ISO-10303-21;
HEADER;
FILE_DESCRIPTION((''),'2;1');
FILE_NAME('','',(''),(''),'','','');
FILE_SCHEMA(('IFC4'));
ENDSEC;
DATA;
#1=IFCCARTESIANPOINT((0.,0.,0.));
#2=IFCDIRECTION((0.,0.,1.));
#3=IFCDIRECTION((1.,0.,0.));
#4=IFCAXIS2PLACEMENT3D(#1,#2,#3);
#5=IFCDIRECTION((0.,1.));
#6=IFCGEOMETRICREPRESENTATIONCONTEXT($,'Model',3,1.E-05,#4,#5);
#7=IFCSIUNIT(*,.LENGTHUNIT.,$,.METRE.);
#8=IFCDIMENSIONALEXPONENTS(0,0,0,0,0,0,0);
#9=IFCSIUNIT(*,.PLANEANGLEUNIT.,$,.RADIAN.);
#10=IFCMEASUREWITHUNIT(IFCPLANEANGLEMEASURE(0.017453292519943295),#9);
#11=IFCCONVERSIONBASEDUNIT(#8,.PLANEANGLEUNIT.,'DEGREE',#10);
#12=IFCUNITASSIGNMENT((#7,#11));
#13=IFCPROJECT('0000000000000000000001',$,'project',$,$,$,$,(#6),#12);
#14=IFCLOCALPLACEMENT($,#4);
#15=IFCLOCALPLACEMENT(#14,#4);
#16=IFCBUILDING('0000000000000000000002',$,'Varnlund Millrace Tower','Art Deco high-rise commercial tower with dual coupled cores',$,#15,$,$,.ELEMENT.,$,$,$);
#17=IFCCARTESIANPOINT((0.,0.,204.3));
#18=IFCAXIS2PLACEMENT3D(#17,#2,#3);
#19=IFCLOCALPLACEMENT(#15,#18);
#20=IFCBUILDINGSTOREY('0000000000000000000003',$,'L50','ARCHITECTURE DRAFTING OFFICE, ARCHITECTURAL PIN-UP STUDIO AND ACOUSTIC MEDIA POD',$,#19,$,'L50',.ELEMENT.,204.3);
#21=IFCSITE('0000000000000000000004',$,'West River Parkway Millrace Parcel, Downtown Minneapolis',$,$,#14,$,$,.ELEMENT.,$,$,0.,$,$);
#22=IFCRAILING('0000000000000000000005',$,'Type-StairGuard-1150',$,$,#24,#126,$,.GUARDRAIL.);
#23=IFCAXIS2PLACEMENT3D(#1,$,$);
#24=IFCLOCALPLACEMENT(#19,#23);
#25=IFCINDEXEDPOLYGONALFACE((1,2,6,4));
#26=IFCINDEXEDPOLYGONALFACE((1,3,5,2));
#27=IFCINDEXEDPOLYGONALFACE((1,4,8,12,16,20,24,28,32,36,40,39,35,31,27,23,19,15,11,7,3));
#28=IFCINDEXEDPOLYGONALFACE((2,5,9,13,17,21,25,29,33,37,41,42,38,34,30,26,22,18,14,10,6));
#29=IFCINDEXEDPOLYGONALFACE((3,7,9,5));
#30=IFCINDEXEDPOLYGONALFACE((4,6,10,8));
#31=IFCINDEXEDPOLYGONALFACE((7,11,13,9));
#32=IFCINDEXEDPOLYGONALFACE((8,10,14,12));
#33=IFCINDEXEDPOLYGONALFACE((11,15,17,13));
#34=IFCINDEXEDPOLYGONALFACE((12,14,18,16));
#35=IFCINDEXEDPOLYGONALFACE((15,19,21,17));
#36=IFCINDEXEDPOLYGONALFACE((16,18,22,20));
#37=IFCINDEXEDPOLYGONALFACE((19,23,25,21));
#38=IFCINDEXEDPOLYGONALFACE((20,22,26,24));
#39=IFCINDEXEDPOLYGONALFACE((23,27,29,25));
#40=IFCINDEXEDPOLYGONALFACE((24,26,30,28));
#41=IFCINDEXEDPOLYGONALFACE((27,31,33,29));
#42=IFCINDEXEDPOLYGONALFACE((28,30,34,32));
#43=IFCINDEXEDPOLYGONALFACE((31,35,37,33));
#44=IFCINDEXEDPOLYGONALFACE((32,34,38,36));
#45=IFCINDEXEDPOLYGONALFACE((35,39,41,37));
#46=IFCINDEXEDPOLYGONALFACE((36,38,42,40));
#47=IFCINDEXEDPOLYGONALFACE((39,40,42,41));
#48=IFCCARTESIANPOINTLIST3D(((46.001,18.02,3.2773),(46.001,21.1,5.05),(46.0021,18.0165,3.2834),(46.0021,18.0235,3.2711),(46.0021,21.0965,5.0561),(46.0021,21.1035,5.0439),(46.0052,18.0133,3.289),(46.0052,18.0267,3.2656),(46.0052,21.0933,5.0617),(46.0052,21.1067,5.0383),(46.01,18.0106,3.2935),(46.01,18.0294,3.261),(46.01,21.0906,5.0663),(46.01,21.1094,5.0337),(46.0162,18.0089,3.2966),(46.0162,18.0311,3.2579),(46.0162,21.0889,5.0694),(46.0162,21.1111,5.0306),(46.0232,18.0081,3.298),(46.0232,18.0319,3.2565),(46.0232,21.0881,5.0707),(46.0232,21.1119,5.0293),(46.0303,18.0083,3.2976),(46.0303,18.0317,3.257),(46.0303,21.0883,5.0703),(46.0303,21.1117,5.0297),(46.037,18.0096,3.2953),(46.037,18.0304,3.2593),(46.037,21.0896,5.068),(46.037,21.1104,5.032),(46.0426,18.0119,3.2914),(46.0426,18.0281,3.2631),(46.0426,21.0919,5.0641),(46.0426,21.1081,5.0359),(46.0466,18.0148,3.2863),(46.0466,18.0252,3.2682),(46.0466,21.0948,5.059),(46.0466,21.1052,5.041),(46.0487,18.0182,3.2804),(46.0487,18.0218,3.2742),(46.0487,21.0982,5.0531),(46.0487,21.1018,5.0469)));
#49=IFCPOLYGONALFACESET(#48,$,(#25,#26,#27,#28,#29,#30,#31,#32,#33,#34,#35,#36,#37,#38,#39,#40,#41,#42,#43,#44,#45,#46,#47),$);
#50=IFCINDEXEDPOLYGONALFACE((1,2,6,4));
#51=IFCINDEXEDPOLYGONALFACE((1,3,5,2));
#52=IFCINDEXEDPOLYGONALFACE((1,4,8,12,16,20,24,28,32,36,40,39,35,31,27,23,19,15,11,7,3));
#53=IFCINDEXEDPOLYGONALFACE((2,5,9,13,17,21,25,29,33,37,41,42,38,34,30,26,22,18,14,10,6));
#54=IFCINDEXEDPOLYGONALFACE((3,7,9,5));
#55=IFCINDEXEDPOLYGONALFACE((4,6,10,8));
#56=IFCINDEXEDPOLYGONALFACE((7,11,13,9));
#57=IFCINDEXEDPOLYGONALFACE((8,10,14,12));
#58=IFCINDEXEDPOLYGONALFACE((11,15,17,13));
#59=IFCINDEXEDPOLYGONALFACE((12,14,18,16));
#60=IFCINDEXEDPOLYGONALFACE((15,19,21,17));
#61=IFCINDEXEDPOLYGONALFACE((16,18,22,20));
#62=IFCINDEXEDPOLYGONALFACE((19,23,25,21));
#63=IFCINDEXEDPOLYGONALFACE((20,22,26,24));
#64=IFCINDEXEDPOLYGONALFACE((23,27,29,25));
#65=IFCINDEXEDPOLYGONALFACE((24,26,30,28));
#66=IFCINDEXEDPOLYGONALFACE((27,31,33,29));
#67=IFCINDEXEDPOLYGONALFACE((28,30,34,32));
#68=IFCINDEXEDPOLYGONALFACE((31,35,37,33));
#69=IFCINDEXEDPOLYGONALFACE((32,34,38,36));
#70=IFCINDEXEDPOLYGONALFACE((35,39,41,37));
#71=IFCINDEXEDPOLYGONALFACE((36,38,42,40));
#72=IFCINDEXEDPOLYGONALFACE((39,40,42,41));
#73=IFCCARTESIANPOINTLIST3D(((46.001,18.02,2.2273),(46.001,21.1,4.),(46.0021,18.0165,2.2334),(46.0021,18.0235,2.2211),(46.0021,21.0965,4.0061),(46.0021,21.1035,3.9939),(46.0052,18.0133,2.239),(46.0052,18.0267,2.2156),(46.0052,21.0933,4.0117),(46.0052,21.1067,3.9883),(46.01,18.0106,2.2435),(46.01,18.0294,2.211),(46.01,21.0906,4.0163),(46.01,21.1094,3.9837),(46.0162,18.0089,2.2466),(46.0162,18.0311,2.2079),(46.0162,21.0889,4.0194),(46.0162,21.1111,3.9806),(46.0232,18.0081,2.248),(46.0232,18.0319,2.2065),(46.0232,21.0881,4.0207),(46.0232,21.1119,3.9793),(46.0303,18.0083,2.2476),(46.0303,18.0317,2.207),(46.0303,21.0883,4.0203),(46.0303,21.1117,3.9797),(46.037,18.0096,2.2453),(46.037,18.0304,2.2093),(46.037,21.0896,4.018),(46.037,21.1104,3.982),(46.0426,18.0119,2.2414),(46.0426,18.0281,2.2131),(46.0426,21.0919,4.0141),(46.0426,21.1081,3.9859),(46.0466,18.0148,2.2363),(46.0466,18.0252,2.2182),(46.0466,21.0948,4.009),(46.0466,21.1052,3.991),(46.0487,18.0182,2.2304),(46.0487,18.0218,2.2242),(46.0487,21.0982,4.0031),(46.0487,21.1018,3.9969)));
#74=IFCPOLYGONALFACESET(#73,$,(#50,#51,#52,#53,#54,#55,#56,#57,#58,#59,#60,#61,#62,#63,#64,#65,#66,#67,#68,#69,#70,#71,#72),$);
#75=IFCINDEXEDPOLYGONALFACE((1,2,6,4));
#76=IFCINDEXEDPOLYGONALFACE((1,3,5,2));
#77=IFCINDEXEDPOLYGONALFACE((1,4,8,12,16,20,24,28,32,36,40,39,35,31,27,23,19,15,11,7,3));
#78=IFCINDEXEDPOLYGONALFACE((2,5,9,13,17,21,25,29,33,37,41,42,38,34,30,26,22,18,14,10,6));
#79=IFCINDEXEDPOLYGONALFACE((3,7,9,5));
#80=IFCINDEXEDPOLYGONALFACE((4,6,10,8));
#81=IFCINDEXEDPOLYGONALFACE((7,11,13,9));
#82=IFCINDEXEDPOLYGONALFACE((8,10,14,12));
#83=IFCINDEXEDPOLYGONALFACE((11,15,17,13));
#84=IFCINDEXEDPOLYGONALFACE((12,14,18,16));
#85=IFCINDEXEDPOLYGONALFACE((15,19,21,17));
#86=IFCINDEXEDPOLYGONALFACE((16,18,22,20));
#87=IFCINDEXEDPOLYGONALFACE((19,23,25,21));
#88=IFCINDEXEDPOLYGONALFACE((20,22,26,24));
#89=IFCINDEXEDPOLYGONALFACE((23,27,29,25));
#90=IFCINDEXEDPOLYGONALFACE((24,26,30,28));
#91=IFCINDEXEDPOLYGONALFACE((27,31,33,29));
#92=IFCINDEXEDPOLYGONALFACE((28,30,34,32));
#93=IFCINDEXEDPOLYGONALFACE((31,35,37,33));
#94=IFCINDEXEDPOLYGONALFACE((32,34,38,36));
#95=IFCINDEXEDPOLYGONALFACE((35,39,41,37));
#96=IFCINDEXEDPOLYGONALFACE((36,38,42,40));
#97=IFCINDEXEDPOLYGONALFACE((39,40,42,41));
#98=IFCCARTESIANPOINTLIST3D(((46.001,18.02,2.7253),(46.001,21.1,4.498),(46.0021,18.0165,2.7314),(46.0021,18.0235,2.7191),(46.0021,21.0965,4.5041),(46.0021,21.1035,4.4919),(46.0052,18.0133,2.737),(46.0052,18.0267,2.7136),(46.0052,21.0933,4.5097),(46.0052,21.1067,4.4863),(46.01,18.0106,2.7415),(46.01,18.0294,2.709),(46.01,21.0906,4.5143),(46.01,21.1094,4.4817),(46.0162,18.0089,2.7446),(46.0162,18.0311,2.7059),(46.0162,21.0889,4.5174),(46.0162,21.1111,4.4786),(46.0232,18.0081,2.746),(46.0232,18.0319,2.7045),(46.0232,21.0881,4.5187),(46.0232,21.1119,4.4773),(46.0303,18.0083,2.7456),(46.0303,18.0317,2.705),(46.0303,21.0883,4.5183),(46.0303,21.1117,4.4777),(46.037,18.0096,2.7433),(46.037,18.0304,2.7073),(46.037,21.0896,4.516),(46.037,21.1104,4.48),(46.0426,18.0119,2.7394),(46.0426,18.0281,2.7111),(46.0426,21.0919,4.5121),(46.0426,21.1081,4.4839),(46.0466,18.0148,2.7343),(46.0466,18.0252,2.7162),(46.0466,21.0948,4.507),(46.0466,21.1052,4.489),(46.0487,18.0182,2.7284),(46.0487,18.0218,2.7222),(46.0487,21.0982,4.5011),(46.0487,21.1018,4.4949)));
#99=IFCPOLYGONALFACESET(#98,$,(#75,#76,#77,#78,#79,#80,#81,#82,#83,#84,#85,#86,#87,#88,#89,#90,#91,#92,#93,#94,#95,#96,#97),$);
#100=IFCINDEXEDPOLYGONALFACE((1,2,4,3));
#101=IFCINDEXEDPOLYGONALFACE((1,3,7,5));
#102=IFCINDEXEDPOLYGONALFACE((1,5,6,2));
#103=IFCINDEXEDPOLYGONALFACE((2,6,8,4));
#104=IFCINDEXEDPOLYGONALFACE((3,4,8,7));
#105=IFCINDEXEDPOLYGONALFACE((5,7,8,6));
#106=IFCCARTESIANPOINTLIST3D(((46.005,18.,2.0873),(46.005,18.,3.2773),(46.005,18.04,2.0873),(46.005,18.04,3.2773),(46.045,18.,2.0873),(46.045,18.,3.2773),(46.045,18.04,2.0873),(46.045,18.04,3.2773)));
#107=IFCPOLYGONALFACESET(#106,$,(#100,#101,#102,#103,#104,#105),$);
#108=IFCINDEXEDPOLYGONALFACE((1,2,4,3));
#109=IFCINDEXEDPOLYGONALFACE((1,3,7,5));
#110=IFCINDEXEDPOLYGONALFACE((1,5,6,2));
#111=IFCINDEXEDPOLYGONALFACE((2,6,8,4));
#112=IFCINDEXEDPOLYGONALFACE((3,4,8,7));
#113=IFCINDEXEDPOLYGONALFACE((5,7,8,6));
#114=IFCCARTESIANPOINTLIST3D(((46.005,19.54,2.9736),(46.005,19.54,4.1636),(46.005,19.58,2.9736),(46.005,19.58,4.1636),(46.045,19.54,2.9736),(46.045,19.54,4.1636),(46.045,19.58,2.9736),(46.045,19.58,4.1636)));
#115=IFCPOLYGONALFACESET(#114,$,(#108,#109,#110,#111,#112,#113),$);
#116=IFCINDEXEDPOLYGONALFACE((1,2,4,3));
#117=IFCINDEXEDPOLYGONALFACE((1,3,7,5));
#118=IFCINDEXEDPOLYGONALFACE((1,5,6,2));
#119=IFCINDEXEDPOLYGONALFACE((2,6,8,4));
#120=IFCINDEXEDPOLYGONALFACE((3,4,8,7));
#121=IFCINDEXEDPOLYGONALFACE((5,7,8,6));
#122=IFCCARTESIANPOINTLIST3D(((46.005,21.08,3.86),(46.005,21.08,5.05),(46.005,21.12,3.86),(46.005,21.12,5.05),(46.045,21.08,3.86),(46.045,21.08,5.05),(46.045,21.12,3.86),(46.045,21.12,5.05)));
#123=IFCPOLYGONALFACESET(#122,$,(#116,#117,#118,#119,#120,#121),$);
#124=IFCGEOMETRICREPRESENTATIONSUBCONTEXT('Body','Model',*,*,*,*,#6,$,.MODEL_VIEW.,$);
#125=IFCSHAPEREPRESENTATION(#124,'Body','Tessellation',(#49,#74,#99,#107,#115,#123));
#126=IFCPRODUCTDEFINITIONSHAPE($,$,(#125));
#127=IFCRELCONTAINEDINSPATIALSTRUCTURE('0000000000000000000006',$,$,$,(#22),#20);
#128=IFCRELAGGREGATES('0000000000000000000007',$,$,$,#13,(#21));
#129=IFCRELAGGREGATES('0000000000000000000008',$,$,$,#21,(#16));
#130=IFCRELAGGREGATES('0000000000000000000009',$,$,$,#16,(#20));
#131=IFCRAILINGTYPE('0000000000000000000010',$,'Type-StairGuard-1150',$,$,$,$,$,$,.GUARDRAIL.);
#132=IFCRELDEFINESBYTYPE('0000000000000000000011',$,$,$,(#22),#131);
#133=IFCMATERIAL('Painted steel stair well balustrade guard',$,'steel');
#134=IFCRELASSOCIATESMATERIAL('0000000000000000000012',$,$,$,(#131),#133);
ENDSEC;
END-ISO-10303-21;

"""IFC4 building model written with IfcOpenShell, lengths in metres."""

from ifc_helpers import new_model, entity, si_unit, converted_unit, direction, frame, origin_with_axes, origin_2d_with_axis, place, context, subcontext, project, spatial, rectangle, circle, extrude, material, type_object, element, save


model = new_model("IFC4")

# Units and contexts
model_context = context("Model", 3, precision=1e-05, world=origin_with_axes(), true_north=direction((0.0, 1.0)))
body_context = subcontext(model_context, "Body", "Model", "MODEL_VIEW")
ifc_project = project(units=[si_unit("LENGTHUNIT", "METRE"), converted_unit("PLANEANGLEUNIT", "DEGREE", entity("IfcPlaneAngleMeasure", 0.017453292519943295), si_unit("PLANEANGLEUNIT", "RADIAN"), dimensions=[0, 0, 0, 0, 0, 0, 0])], contexts=[model_context])

# Site, building, storey
site_placement = place(None, origin_with_axes())
site = spatial("IfcSite", under=ifc_project, at=site_placement, Name="West River Parkway Millrace Parcel, Downtown Minneapolis", CompositionType="ELEMENT", RefElevation=0.0)
building_placement = place(site_placement, origin_with_axes())
building = spatial("IfcBuilding", under=site, at=building_placement, Name="Varnlund Millrace Tower", Description="Art Deco high-rise commercial tower with dual coupled cores", CompositionType="ELEMENT")
storey_placement = place(building_placement, frame((0.0, 0.0, 204.3), z_axis=(0.0, 0.0, 1.0), x_axis=(1.0, 0.0, 0.0)))
storey = spatial("IfcBuildingStorey", under=building, at=storey_placement, Name="L50", Description="ARCHITECTURE DRAFTING OFFICE, ARCHITECTURAL PIN-UP STUDIO AND ACOUSTIC MEDIA POD", LongName="L50", CompositionType="ELEMENT", Elevation=204.3)

# Railing
ifc_material_1 = material(Name="Painted steel stair well balustrade guard", Category="steel")
railing_type_1 = type_object("IfcRailingType", Name="Type-StairGuard-1150", PredefinedType="GUARDRAIL", material=ifc_material_1)
railing_1_placement = place(storey_placement, frame((0.0, 0.0, -204.3), z_axis=(0.0, 0.0, 1.0), x_axis=(1.0, 0.0, 0.0)))
element("IfcRailing", 1, at=railing_1_placement, inside=storey, type_object=railing_type_1, Name="Type-StairGuard-1150", PredefinedType="GUARDRAIL", context=body_context, shape_type="SweptSolid", body=[
    extrude(circle(Radius=0.024, at=origin_2d_with_axis()), frame((46.025, 18.02, 207.5773), z_axis=(0.0, 0.866696, 0.498836), x_axis=(-1.0, 0.0, 0.0)), (0.0, 0.0, 1.0), 3.5537),
    extrude(circle(Radius=0.024, at=origin_2d_with_axis()), frame((46.025, 18.02, 206.5273), z_axis=(0.0, 0.866696, 0.498836), x_axis=(-1.0, 0.0, 0.0)), (0.0, 0.0, 1.0), 3.5537),
    extrude(circle(Radius=0.024, at=origin_2d_with_axis()), frame((46.025, 18.02, 207.0253), z_axis=(0.0, 0.866696, 0.498836), x_axis=(-1.0, 0.0, 0.0)), (0.0, 0.0, 1.0), 3.5537),
    extrude(rectangle(XDim=0.04, YDim=0.04, at=origin_2d_with_axis()), frame((46.025, 18.02, 206.3873), z_axis=(0.0, 0.0, 1.0), x_axis=(1.0, 0.0, 0.0)), (0.0, 0.0, 1.0), 1.19),
    extrude(rectangle(XDim=0.04, YDim=0.04, at=origin_2d_with_axis()), frame((46.025, 19.56, 207.2736), z_axis=(0.0, 0.0, 1.0), x_axis=(1.0, 0.0, 0.0)), (0.0, 0.0, 1.0), 1.19),
    extrude(rectangle(XDim=0.04, YDim=0.04, at=origin_2d_with_axis()), frame((46.025, 21.1, 208.16), z_axis=(0.0, 0.0, 1.0), x_axis=(1.0, 0.0, 0.0)), (0.0, 0.0, 1.0), 1.19),
])

save(model, "model.ifc")
